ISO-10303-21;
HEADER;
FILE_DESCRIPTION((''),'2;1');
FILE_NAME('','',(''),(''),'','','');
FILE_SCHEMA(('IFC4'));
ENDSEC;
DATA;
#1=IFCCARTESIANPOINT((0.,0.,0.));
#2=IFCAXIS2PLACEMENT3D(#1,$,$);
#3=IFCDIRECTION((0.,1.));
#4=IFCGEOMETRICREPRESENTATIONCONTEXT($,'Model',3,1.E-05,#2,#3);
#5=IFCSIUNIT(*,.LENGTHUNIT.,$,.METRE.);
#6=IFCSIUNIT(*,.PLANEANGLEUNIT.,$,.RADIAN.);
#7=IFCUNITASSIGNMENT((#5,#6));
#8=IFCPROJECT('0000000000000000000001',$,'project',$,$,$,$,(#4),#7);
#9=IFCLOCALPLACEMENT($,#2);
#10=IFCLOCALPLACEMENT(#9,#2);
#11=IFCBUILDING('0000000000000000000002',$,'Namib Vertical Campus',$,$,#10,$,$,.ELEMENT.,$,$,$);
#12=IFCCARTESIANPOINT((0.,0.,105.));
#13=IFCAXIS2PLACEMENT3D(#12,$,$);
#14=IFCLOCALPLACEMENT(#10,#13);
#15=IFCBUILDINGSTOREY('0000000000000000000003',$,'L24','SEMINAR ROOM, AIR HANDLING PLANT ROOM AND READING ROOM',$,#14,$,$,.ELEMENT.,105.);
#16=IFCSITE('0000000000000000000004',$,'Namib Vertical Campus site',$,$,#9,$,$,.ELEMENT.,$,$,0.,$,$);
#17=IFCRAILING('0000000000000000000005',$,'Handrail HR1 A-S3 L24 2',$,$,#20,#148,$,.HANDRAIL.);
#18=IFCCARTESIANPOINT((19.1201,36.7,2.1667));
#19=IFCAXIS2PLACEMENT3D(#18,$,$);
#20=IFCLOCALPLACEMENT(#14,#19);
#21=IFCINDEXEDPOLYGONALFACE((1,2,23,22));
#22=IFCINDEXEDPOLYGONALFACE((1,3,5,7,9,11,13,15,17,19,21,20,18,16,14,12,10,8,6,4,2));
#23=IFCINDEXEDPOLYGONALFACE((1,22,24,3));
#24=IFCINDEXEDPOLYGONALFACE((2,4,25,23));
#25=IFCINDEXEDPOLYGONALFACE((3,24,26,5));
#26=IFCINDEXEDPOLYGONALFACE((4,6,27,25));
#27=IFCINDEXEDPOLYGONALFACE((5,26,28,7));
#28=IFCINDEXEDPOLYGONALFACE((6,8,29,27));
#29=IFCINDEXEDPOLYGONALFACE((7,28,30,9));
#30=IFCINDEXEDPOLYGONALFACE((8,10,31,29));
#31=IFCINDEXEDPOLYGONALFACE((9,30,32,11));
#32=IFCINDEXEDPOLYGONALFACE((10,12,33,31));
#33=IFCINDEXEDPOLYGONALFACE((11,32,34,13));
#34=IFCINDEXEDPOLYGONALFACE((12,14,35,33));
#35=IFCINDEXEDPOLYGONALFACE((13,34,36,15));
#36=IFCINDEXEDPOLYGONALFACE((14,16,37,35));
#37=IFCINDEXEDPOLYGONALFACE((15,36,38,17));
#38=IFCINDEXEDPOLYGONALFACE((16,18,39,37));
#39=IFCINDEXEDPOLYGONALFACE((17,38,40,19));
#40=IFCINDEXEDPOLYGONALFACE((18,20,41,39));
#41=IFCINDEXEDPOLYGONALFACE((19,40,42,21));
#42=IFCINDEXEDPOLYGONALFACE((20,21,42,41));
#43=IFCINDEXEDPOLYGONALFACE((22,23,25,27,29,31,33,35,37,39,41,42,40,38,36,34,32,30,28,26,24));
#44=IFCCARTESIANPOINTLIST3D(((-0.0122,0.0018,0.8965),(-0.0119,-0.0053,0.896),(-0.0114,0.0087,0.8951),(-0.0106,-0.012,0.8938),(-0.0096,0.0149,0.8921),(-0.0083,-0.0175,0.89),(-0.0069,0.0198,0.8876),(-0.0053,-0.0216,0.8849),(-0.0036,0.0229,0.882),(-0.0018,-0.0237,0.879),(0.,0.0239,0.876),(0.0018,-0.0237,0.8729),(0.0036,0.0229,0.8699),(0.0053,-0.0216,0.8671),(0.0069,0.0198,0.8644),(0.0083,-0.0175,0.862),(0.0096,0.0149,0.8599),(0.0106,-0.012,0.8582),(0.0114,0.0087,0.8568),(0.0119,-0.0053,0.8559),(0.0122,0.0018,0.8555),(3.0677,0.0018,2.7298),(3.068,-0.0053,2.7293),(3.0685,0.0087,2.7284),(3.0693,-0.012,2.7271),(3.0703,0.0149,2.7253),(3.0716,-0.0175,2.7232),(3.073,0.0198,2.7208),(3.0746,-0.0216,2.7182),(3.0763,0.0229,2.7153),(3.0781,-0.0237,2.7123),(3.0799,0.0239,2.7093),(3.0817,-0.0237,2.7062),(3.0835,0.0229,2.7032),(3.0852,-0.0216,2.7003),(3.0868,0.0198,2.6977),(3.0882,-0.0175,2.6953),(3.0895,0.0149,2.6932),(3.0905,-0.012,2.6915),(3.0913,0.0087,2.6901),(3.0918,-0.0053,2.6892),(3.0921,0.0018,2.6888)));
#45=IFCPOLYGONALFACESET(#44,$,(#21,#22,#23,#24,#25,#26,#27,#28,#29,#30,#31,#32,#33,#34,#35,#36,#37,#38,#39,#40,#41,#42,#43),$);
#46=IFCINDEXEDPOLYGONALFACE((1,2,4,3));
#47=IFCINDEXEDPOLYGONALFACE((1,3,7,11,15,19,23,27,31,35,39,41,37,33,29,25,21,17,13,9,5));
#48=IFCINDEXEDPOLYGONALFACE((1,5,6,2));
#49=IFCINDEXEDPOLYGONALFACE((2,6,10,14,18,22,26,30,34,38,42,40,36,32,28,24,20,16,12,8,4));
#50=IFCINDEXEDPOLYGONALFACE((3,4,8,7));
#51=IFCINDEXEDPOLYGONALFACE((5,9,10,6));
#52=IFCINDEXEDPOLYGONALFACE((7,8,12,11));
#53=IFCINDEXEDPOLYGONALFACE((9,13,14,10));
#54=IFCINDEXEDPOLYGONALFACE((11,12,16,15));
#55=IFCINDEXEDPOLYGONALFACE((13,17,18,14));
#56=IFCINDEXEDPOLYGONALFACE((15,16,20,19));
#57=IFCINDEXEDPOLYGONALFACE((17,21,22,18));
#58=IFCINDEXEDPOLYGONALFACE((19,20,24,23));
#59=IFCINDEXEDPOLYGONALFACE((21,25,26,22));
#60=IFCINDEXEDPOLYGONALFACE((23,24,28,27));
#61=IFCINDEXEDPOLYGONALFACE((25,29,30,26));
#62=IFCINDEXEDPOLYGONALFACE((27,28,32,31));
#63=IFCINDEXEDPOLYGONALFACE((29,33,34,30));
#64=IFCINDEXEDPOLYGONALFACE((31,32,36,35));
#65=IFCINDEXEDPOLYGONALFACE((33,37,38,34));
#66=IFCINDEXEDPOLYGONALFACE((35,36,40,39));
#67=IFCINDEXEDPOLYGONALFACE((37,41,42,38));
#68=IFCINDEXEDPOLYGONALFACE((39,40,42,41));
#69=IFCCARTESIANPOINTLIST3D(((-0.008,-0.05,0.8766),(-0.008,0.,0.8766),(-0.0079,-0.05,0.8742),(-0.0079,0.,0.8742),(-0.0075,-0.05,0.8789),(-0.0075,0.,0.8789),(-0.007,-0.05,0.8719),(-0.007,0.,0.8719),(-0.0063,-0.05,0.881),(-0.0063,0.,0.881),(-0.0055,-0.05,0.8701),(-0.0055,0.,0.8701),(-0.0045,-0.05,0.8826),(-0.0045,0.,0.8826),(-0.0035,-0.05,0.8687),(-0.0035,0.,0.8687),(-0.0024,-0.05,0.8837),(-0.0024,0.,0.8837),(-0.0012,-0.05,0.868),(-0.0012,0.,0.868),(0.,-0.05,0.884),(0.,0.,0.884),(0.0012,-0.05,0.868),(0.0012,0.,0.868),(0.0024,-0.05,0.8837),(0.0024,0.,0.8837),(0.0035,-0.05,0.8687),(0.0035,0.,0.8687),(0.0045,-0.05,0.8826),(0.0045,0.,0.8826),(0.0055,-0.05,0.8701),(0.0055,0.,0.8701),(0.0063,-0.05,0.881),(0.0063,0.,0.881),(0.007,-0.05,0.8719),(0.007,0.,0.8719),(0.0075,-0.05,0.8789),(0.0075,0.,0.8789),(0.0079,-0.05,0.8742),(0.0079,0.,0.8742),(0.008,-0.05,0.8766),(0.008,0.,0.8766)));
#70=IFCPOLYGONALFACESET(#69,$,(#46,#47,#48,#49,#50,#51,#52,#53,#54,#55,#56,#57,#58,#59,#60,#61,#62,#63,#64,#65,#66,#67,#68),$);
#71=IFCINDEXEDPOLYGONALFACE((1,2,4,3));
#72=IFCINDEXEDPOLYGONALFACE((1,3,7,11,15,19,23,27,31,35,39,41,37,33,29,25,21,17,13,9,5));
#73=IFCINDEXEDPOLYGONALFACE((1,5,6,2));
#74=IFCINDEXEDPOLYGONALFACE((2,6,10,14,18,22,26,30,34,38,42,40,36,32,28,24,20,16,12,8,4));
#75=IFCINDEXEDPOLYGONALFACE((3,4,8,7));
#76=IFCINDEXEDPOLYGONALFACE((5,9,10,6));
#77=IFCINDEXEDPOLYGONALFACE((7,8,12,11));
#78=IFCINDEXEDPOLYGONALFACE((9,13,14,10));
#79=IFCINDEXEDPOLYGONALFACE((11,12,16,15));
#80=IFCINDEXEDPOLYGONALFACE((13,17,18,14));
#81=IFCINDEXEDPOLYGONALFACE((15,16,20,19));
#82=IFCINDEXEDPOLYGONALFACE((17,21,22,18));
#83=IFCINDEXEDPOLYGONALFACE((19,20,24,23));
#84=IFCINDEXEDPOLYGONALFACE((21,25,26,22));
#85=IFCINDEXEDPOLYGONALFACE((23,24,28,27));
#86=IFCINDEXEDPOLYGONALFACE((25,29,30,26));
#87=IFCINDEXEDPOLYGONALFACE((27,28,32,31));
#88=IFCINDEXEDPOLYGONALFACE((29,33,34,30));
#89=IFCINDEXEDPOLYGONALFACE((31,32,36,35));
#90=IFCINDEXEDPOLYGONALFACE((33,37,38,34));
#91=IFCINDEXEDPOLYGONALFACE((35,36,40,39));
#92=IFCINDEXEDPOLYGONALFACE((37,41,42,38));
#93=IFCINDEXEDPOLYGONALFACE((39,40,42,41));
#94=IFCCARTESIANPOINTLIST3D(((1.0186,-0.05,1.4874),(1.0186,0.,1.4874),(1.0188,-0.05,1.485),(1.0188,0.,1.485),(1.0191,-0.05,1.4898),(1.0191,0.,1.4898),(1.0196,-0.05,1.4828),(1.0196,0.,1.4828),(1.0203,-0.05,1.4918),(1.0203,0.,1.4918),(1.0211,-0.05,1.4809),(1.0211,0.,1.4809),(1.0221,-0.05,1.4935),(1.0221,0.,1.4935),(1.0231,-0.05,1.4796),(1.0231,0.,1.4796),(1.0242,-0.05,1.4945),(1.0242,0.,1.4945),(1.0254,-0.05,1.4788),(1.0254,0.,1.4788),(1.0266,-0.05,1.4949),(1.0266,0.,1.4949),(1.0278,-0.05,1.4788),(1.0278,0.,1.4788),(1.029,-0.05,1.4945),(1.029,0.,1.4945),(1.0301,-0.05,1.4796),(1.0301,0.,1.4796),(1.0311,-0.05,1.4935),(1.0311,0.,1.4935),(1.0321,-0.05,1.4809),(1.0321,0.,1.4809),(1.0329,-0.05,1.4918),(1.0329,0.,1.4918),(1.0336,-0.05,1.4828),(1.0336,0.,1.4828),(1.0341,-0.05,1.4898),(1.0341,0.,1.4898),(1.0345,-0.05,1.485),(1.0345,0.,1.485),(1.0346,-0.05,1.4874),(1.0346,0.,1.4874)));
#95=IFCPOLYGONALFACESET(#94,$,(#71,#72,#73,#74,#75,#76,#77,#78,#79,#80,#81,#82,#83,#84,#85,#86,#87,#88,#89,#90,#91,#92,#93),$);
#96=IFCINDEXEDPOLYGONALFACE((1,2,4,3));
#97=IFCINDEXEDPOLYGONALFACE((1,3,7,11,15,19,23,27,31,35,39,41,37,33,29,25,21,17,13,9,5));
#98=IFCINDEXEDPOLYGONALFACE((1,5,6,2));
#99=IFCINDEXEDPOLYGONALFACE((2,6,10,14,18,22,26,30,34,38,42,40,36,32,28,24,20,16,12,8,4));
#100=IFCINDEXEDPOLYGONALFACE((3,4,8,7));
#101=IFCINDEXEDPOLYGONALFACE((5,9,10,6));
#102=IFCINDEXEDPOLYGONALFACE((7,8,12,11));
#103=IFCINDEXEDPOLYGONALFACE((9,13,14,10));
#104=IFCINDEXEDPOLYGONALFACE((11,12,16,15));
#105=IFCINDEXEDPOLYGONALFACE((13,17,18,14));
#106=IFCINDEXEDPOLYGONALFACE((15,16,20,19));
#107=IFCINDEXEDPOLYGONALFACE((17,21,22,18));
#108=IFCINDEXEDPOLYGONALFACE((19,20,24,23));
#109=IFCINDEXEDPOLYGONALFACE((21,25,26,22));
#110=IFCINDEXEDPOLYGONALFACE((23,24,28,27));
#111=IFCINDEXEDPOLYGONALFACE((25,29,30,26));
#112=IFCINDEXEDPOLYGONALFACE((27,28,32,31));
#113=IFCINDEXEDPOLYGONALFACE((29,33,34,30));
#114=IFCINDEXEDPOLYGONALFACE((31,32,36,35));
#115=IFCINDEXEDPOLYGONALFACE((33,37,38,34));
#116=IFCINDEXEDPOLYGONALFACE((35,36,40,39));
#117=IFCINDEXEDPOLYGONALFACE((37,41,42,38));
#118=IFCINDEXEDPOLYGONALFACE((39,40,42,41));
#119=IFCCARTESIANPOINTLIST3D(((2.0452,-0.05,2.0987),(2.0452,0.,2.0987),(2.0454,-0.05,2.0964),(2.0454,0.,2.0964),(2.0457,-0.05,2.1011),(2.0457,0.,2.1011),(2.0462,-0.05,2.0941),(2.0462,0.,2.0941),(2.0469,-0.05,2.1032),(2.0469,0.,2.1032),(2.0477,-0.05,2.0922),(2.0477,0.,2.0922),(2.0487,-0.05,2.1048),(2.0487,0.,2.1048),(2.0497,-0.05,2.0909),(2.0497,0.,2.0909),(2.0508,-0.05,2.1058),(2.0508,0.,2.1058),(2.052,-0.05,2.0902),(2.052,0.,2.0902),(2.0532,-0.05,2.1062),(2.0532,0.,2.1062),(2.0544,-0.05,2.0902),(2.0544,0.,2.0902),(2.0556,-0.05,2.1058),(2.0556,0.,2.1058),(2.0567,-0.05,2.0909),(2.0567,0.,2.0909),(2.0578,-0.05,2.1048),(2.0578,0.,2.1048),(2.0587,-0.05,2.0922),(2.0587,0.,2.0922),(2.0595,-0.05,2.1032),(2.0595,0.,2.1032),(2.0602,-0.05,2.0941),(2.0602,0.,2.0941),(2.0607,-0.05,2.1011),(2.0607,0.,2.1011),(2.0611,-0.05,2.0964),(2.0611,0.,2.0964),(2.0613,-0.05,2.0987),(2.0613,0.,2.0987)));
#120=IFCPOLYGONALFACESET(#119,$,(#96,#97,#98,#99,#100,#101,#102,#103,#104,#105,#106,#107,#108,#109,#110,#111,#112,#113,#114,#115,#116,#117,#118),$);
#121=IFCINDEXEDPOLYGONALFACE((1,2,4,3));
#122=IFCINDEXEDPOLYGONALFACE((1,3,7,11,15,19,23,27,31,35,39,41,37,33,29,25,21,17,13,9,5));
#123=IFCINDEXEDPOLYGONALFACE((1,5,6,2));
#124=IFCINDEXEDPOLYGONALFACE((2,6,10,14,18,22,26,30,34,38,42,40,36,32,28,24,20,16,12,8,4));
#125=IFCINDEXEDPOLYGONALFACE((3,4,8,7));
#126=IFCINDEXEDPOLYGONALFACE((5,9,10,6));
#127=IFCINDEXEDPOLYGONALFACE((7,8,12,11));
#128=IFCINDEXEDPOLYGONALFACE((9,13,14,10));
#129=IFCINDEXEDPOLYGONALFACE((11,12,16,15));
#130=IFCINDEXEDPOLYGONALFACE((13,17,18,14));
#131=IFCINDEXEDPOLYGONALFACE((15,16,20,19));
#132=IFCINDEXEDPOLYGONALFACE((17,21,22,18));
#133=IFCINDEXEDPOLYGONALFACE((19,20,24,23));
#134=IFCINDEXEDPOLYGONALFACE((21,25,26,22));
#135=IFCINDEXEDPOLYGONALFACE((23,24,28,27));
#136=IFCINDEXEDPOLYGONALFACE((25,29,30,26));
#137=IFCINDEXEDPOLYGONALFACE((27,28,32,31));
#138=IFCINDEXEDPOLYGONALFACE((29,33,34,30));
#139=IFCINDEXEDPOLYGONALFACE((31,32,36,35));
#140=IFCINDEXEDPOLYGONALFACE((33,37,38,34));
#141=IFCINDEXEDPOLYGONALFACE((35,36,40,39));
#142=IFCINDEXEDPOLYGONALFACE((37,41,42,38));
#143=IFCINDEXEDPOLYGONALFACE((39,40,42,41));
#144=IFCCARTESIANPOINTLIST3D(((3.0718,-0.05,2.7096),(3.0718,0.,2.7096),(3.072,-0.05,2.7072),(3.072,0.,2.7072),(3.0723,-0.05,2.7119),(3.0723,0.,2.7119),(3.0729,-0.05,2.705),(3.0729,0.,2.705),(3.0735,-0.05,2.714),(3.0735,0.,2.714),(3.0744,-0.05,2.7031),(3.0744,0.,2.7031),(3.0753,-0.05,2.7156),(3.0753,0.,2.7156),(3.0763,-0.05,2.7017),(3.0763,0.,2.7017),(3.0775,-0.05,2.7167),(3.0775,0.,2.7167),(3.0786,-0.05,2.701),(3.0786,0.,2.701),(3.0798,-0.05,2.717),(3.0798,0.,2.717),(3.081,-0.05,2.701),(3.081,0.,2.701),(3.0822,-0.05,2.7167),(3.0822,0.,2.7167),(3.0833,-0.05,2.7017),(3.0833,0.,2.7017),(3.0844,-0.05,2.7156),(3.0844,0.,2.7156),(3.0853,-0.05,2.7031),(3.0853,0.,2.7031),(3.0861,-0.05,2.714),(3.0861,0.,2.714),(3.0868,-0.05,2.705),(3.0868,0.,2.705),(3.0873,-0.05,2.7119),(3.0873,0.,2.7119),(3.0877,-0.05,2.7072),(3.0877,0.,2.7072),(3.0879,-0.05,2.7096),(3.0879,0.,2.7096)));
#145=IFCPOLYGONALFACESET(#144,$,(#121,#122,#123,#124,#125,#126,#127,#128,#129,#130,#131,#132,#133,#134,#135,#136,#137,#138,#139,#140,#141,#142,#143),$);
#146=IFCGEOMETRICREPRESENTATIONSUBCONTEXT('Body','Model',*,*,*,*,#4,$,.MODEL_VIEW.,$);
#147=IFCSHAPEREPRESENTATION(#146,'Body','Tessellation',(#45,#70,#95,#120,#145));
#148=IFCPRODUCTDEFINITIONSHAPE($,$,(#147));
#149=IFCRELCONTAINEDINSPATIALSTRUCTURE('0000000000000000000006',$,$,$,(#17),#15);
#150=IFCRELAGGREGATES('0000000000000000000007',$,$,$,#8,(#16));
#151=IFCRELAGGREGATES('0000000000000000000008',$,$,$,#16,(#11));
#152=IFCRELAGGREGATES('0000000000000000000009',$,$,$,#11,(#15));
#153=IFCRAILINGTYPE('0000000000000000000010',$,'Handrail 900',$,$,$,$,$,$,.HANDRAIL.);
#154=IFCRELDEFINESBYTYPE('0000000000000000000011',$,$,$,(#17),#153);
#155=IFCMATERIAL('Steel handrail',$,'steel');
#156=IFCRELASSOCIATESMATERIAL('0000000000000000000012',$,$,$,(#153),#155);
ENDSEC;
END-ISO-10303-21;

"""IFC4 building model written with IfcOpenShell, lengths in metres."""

from ifc_helpers import new_model, si_unit, direction, frame, origin, origin_2d, place, context, subcontext, project, spatial, circle, extrude, material, type_object, element, save


model = new_model("IFC4")

# Units and contexts
model_context = context("Model", 3, precision=1e-05, world=origin(), true_north=direction((0.0, 1.0)))
body_context = subcontext(model_context, "Body", "Model", "MODEL_VIEW")
ifc_project = project(units=[si_unit("LENGTHUNIT", "METRE"), si_unit("PLANEANGLEUNIT", "RADIAN")], contexts=[model_context])

# Site, building, storey
site_placement = place(None, origin())
site = spatial("IfcSite", under=ifc_project, at=site_placement, Name="Namib Vertical Campus site", CompositionType="ELEMENT", RefElevation=0.0)
building_placement = place(site_placement, origin())
building = spatial("IfcBuilding", under=site, at=building_placement, Name="Namib Vertical Campus", CompositionType="ELEMENT")
storey_placement = place(building_placement, frame((0.0, 0.0, 105.0)))
storey = spatial("IfcBuildingStorey", under=building, at=storey_placement, Name="L24", Description="SEMINAR ROOM, AIR HANDLING PLANT ROOM AND READING ROOM", CompositionType="ELEMENT", Elevation=105.0)

# Railing
ifc_material_1 = material(Name="Steel handrail", Category="steel")
railing_type_1 = type_object("IfcRailingType", Name="Handrail 900", PredefinedType="HANDRAIL", material=ifc_material_1)
railing_1_placement = place(storey_placement, frame((19.1201, 36.7, 2.1667)))
element("IfcRailing", 1, at=railing_1_placement, inside=storey, type_object=railing_type_1, Name="Handrail HR1 A-S3 L24 2", PredefinedType="HANDRAIL", context=body_context, shape_type="SweptSolid", body=[
    extrude(circle(Radius=0.0239, at=origin_2d()), frame((0.0, 0.0, 0.876), z_axis=(0.859291, 0.0, 0.511487), x_axis=(0.0, 1.0, 0.0)), (0.0, 0.0, 1.0), 3.5842),
    extrude(circle(Radius=0.0081, at=origin_2d()), frame((0.0, 0.0, 0.876), z_axis=(0.0, -1.0, 0.0), x_axis=(0.0, 0.0, 1.0)), (0.0, 0.0, 1.0), 0.05),
    extrude(circle(Radius=0.0081, at=origin_2d()), frame((1.0266, 0.0, 1.4868), z_axis=(0.0, -1.0, 0.0), x_axis=(0.0, 0.0, 1.0)), (0.0, 0.0, 1.0), 0.05),
    extrude(circle(Radius=0.0081, at=origin_2d()), frame((2.0532, 0.0, 2.0981), z_axis=(0.0, -1.0, 0.0), x_axis=(0.0, 0.0, 1.0)), (0.0, 0.0, 1.0), 0.05),
    extrude(circle(Radius=0.0081, at=origin_2d()), frame((3.0798, 0.0, 2.709), z_axis=(0.0, -1.0, 0.0), x_axis=(0.0, 0.0, 1.0)), (0.0, 0.0, 1.0), 0.05),
])

save(model, "model.ifc")
